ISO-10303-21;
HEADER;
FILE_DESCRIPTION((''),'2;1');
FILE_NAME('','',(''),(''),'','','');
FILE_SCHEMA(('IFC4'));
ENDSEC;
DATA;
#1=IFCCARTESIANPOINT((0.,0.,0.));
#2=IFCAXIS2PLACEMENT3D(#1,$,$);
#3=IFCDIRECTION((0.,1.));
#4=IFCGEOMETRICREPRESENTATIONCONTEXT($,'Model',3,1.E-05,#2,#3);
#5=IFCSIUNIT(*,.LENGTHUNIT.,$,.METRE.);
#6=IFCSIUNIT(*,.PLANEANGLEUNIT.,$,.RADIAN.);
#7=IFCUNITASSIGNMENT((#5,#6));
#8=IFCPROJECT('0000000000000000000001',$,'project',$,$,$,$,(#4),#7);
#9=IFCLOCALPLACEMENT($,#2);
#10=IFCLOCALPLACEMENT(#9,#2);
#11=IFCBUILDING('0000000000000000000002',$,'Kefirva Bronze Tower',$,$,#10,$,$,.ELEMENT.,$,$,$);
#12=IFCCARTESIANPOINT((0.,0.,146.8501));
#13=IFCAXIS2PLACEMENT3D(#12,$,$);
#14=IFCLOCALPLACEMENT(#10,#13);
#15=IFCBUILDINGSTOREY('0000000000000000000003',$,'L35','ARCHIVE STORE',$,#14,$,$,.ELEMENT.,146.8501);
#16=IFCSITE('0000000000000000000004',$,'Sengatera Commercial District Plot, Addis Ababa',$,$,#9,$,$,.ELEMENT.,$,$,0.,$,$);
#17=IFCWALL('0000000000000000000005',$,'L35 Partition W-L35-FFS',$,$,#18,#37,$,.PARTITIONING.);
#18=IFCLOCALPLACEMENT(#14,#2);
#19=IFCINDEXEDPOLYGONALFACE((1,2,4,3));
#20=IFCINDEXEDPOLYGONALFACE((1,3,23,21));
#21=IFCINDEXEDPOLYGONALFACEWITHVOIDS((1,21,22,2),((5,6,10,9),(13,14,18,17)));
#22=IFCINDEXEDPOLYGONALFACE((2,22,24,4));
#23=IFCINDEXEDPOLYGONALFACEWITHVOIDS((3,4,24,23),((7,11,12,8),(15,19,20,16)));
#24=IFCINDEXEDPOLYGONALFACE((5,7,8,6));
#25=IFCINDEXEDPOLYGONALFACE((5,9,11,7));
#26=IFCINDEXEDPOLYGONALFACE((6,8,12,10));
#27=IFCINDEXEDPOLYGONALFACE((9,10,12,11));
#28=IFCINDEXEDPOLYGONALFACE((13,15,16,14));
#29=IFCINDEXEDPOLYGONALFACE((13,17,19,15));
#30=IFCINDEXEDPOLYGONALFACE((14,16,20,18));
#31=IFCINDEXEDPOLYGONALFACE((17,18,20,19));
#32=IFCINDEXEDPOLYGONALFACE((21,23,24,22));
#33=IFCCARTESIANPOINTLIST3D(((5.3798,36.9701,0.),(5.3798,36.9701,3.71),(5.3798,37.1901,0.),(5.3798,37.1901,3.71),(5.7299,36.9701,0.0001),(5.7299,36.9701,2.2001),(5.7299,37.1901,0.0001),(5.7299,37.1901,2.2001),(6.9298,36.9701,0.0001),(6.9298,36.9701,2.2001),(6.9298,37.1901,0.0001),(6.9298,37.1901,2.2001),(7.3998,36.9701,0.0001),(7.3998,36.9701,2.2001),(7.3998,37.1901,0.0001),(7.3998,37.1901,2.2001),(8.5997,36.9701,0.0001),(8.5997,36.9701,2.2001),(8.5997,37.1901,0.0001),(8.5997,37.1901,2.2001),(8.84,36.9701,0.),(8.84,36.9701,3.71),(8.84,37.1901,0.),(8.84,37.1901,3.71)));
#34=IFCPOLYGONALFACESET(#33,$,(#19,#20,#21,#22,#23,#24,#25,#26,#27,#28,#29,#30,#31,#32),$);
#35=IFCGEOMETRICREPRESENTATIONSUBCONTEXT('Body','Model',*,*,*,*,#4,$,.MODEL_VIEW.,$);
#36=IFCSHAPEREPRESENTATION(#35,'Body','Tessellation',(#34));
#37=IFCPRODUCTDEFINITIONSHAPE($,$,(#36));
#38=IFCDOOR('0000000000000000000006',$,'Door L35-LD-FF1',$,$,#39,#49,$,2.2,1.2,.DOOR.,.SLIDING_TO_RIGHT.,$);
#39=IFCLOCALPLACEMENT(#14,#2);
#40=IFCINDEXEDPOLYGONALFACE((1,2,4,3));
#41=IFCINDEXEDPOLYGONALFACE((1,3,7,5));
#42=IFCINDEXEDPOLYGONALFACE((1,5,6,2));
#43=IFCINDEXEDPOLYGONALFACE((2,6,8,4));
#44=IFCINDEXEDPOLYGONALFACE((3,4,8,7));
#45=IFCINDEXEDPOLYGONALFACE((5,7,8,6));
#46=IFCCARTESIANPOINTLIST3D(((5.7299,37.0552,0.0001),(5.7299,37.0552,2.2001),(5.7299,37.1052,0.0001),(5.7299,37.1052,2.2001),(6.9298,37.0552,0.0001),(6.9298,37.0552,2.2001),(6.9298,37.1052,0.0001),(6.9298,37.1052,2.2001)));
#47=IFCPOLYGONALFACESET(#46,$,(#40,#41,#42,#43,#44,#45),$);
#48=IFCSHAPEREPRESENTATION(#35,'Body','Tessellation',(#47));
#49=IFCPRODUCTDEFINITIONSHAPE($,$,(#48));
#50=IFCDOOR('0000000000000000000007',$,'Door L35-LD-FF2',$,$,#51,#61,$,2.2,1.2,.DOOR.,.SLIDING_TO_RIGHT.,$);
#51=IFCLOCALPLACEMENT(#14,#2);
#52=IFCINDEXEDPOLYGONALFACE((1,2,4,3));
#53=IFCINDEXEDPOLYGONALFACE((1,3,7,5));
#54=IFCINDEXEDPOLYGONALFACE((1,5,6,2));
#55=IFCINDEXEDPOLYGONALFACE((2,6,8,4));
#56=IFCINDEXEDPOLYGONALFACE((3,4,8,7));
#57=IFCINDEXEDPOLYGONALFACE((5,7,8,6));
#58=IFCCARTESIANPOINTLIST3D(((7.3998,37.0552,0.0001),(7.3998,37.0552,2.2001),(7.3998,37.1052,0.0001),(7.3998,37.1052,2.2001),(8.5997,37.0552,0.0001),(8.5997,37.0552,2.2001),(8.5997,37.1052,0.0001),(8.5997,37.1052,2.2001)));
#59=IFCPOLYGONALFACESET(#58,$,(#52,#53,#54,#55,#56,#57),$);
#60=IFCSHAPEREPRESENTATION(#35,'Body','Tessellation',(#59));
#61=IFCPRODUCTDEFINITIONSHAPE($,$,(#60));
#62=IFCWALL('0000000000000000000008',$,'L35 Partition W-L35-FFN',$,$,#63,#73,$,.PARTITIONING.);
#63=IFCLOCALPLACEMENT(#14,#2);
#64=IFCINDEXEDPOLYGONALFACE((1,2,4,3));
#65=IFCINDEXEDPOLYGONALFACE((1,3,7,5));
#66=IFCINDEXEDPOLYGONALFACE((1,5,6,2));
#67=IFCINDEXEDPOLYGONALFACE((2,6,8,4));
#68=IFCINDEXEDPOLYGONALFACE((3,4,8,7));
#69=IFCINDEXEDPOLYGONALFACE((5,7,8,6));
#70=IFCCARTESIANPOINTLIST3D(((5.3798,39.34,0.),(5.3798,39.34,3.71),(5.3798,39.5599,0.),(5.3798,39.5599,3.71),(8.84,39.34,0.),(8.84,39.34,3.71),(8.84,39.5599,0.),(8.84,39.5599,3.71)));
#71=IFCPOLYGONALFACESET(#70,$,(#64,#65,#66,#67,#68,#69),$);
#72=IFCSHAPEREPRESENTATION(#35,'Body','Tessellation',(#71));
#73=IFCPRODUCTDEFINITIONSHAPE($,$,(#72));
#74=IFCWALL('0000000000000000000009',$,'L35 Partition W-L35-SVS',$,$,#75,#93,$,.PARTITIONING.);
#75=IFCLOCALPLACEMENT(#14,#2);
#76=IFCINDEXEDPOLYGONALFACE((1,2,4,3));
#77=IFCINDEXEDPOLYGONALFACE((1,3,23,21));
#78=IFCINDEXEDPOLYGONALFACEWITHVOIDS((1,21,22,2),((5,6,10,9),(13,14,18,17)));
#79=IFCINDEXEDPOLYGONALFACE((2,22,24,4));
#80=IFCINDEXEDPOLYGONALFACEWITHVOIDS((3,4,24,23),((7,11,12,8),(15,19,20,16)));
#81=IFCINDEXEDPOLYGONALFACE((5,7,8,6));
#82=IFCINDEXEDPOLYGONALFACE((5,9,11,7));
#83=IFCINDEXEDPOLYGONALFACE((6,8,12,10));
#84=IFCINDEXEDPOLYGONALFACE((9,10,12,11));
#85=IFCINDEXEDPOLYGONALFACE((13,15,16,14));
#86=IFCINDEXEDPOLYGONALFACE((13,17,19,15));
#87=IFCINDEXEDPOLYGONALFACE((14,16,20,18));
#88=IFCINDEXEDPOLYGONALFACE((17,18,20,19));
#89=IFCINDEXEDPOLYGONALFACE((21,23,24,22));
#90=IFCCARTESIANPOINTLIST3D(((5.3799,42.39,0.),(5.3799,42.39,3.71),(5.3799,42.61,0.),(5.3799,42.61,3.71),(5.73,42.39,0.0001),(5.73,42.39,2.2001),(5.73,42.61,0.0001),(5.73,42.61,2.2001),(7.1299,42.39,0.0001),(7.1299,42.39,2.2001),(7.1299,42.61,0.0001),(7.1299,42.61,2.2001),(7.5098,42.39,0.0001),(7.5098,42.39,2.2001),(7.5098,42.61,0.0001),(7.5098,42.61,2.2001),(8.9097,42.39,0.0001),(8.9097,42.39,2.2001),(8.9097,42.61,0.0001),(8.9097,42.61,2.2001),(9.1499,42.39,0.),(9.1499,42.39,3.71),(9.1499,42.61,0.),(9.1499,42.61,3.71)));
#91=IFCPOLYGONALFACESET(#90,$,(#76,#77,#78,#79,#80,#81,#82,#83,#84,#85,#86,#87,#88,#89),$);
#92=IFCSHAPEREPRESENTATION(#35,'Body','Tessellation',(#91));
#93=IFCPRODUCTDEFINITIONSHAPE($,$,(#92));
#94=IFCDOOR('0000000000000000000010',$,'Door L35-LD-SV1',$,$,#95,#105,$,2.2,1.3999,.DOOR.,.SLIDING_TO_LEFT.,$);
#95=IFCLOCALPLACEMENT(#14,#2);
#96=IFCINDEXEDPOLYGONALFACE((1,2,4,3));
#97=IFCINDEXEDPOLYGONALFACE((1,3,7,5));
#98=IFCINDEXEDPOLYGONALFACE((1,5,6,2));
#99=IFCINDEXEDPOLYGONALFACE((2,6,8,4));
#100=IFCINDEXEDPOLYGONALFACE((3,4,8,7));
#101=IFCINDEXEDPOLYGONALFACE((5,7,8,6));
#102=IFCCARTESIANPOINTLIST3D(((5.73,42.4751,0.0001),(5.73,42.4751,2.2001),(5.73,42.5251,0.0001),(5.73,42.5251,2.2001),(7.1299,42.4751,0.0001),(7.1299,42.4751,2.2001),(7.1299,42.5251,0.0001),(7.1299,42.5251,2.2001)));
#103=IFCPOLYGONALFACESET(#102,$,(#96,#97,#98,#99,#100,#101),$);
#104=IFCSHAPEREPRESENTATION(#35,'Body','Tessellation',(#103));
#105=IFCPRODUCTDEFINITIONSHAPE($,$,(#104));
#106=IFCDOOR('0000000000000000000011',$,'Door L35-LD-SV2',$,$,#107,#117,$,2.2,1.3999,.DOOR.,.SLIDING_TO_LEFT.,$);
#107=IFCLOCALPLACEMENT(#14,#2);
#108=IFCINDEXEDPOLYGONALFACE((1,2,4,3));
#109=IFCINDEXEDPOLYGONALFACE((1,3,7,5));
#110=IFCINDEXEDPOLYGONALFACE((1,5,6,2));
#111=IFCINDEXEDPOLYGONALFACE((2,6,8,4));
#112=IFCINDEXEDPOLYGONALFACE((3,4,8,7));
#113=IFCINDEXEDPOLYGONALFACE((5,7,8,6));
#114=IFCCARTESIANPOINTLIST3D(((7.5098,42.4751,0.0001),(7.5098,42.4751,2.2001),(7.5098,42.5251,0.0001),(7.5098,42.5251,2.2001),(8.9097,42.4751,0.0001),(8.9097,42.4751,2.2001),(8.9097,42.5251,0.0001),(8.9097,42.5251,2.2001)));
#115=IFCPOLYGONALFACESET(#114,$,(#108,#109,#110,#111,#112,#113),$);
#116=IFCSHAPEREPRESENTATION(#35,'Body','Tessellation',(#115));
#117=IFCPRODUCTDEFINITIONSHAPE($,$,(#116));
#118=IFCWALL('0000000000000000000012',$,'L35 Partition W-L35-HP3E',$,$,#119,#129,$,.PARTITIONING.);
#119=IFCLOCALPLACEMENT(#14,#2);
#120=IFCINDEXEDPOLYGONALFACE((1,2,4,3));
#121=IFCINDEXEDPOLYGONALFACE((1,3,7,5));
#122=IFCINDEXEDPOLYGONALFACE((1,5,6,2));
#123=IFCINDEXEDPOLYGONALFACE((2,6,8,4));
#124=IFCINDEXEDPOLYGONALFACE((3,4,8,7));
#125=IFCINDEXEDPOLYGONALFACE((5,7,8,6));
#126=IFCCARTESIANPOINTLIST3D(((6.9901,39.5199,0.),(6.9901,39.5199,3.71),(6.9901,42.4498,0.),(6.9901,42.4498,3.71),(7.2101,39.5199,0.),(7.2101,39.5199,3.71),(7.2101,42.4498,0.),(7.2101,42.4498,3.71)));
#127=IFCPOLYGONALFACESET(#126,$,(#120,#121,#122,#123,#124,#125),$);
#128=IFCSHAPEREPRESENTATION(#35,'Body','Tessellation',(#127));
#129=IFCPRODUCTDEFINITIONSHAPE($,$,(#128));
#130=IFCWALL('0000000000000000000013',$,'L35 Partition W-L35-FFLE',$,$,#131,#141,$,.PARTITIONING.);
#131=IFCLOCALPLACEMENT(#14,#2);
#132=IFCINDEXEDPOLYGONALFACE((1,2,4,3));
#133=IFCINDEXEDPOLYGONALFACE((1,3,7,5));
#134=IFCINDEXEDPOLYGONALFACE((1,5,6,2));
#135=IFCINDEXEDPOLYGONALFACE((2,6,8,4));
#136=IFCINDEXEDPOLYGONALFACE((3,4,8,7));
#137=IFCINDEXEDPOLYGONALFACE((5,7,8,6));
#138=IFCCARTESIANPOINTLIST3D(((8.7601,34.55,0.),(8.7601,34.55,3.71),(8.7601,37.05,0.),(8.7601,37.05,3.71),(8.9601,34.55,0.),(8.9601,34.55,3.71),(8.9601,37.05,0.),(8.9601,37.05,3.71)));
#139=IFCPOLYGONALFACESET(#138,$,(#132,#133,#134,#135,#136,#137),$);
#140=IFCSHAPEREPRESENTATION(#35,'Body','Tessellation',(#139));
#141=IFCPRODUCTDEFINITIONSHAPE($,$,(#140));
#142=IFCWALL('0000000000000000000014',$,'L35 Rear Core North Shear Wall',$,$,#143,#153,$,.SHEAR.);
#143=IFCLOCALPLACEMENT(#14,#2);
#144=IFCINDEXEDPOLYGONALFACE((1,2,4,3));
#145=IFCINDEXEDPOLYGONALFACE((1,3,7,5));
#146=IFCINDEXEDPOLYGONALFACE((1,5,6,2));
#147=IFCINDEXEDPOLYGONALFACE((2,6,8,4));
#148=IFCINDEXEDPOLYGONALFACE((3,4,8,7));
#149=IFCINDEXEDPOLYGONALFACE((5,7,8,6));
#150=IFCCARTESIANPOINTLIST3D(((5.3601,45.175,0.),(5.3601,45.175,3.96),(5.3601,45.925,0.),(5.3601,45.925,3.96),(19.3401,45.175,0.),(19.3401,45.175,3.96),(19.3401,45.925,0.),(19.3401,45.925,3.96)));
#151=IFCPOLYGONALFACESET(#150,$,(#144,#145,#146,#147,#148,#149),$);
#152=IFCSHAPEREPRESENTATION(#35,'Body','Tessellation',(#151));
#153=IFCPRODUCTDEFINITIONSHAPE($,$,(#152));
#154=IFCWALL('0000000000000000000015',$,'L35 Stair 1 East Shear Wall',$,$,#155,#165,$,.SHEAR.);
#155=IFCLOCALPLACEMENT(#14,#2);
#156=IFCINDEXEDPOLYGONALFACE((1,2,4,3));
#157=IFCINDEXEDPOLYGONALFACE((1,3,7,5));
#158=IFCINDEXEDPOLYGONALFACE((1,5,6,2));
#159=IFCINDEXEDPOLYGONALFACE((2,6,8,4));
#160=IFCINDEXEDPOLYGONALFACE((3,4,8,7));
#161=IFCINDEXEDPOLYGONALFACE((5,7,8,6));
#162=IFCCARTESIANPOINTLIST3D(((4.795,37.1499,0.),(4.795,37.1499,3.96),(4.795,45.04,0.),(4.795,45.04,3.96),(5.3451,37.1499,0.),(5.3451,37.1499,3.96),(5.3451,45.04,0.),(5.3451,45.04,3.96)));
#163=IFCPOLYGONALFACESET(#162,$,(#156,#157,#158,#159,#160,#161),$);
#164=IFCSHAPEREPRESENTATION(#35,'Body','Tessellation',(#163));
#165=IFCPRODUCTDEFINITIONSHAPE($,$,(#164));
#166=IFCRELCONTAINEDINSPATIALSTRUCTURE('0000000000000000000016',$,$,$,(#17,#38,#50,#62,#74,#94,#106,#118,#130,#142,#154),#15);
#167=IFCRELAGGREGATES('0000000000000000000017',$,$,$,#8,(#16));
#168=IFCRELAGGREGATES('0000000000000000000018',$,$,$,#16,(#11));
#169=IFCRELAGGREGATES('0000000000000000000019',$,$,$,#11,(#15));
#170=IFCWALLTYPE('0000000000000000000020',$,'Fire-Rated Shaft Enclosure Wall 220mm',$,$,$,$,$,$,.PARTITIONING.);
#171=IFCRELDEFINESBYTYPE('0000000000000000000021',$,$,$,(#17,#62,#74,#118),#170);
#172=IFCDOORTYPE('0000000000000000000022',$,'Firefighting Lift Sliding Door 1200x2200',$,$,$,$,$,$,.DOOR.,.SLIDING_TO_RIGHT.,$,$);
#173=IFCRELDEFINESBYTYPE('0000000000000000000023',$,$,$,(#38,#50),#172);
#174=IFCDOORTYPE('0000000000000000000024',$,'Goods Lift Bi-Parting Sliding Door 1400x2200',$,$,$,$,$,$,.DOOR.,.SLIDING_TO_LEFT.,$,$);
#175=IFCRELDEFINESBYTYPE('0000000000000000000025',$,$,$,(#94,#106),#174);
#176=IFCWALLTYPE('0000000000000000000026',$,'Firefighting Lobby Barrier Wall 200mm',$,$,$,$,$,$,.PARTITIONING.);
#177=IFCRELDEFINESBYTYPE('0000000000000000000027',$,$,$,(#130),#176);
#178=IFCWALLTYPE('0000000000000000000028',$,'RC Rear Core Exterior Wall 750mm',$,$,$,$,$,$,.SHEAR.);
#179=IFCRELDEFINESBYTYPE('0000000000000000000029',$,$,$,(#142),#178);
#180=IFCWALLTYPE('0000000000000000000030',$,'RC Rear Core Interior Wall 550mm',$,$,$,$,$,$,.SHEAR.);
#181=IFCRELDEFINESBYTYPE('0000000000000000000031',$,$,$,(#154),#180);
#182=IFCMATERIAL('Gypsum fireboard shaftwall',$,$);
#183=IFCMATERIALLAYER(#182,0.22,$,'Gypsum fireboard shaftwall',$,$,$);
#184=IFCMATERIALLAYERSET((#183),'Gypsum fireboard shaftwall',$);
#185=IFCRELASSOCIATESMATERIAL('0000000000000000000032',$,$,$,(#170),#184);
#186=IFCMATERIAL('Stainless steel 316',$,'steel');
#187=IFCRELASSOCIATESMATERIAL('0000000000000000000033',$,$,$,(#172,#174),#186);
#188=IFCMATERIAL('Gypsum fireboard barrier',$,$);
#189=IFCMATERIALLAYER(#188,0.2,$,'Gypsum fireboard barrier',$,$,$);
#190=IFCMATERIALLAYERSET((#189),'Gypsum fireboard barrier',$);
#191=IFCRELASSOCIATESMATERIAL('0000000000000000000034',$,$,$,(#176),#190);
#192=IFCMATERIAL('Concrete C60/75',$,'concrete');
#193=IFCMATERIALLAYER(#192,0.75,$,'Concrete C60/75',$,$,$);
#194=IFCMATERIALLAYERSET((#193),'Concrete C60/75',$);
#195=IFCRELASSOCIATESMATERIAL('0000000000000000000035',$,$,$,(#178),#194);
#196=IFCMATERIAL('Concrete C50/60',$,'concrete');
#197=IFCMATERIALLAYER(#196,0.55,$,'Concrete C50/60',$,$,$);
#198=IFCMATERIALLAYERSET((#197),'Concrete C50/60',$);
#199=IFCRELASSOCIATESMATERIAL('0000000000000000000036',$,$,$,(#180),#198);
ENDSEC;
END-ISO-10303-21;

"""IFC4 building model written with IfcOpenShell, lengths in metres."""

from ifc_helpers import new_model, si_unit, direction, frame, frame_2d, origin, place, context, subcontext, project, spatial, rectangle, extrude, material, layer, layer_set, type_object, element, fill, save


model = new_model("IFC4")

# Units and contexts
model_context = context("Model", 3, precision=1e-05, world=origin(), true_north=direction((0.0, 1.0)))
body_context = subcontext(model_context, "Body", "Model", "MODEL_VIEW")
ifc_project = project(units=[si_unit("LENGTHUNIT", "METRE"), si_unit("PLANEANGLEUNIT", "RADIAN")], contexts=[model_context])

# Site, building, storey
site_placement = place(None, origin())
site = spatial("IfcSite", under=ifc_project, at=site_placement, Name="Sengatera Commercial District Plot, Addis Ababa", CompositionType="ELEMENT", RefElevation=0.0)
building_placement = place(site_placement, origin())
building = spatial("IfcBuilding", under=site, at=building_placement, Name="Kefirva Bronze Tower", CompositionType="ELEMENT")
storey_placement = place(building_placement, frame((0.0, 0.0, 146.8501)))
storey = spatial("IfcBuildingStorey", under=building, at=storey_placement, Name="L35", Description="ARCHIVE STORE", CompositionType="ELEMENT", Elevation=146.8501)

# Wall, openings, doors
ifc_material_1 = material(Name="Gypsum fireboard shaftwall")
ifc_layer_1 = layer(ifc_material_1, 0.22, Name="Gypsum fireboard shaftwall")
ifc_layer_set_1 = layer_set([ifc_layer_1], Name="Gypsum fireboard shaftwall")
wall_type_1 = type_object("IfcWallType", Name="Fire-Rated Shaft Enclosure Wall 220mm", PredefinedType="PARTITIONING", material=ifc_layer_set_1)
wall_1_placement = place(storey_placement, frame((5.3799, 37.0801, 0.0), z_axis=(0.0, 0.0, 1.0), x_axis=(1.0, 0.0, 0.0)))
wall_1 = element("IfcWall", 1, at=wall_1_placement, inside=storey, type_object=wall_type_1, Name="L35 Partition W-L35-FFS", PredefinedType="PARTITIONING", context=body_context, shape_type="SweptSolid", body=[
    extrude(rectangle(XDim=3.4602, YDim=0.22, at=frame_2d((1.73, 0.0))), origin(), (0.0, 0.0, 1.0), 3.71),
])
opening_1_placement = place(wall_1_placement, frame((1.55, 0.0, 0.0), z_axis=(0.0, 0.0, 1.0), x_axis=(-1.0, 0.0, 0.0)))
opening_1 = element("IfcOpeningElement", 2, at=opening_1_placement, cuts=wall_1, PredefinedType="OPENING", context=body_context, shape_type="SweptSolid", body=[
    extrude(rectangle(XDim=1.2, YDim=2.2, at=frame_2d((0.6001, 1.1001))), frame((0.0, 0.1201, 0.0), z_axis=(0.0, -1.0, 0.0), x_axis=(1.0, 0.0, 0.0)), (0.0, 0.0, 1.0), 0.24),
])
opening_2_placement = place(wall_1_placement, frame((3.22, 0.0, 0.0), z_axis=(0.0, 0.0, 1.0), x_axis=(-1.0, 0.0, 0.0)))
opening_2 = element("IfcOpeningElement", 3, at=opening_2_placement, cuts=wall_1, PredefinedType="OPENING", context=body_context, shape_type="SweptSolid", body=[
    extrude(rectangle(XDim=1.2, YDim=2.2, at=frame_2d((0.6001, 1.1001))), frame((0.0, 0.1201, 0.0), z_axis=(0.0, -1.0, 0.0), x_axis=(1.0, 0.0, 0.0)), (0.0, 0.0, 1.0), 0.24),
])
ifc_material_2 = material(Name="Stainless steel 316", Category="steel")
door_type_1 = type_object("IfcDoorType", Name="Firefighting Lift Sliding Door 1200x2200", OperationType="SLIDING_TO_RIGHT", PredefinedType="DOOR", material=ifc_material_2)
door_1_placement = place(opening_1_placement, origin())
door_1 = element("IfcDoor", 4, at=door_1_placement, inside=storey, type_object=door_type_1, Name="Door L35-LD-FF1", OperationType="SLIDING_TO_RIGHT", OverallHeight=2.2, OverallWidth=1.2, PredefinedType="DOOR", context=body_context, shape_type="SweptSolid", body=[
    extrude(rectangle(XDim=1.2, YDim=2.2, at=frame_2d((0.6001, 1.1001))), frame((0.0, 0.0249, 0.0), z_axis=(0.0, -1.0, 0.0), x_axis=(1.0, 0.0, 0.0)), (0.0, 0.0, 1.0), 0.05),
])
fill(opening_1, door_1)
door_2_placement = place(opening_2_placement, origin())
door_2 = element("IfcDoor", 5, at=door_2_placement, inside=storey, type_object=door_type_1, Name="Door L35-LD-FF2", OperationType="SLIDING_TO_RIGHT", OverallHeight=2.2, OverallWidth=1.2, PredefinedType="DOOR", context=body_context, shape_type="SweptSolid", body=[
    extrude(rectangle(XDim=1.2, YDim=2.2, at=frame_2d((0.6001, 1.1001))), frame((0.0, 0.0249, 0.0), z_axis=(0.0, -1.0, 0.0), x_axis=(1.0, 0.0, 0.0)), (0.0, 0.0, 1.0), 0.05),
])
fill(opening_2, door_2)

# Wall
wall_2_placement = place(storey_placement, frame((5.3799, 39.45, 0.0), z_axis=(0.0, 0.0, 1.0), x_axis=(1.0, 0.0, 0.0)))
element("IfcWall", 6, at=wall_2_placement, inside=storey, type_object=wall_type_1, Name="L35 Partition W-L35-FFN", PredefinedType="PARTITIONING", context=body_context, shape_type="SweptSolid", body=[
    extrude(rectangle(XDim=3.4602, YDim=0.22, at=frame_2d((1.73, 0.0))), origin(), (0.0, 0.0, 1.0), 3.71),
])

# Wall, openings, doors
wall_3_placement = place(storey_placement, frame((5.3799, 42.5, 0.0), z_axis=(0.0, 0.0, 1.0), x_axis=(1.0, 0.0, 0.0)))
wall_3 = element("IfcWall", 7, at=wall_3_placement, inside=storey, type_object=wall_type_1, Name="L35 Partition W-L35-SVS", PredefinedType="PARTITIONING", context=body_context, shape_type="SweptSolid", body=[
    extrude(rectangle(XDim=3.77, YDim=0.22, at=frame_2d((1.885, 0.0))), origin(), (0.0, 0.0, 1.0), 3.71),
])
opening_3_placement = place(wall_3_placement, frame((1.75, 0.0, 0.0), z_axis=(0.0, 0.0, 1.0), x_axis=(-1.0, 0.0, 0.0)))
opening_3 = element("IfcOpeningElement", 8, at=opening_3_placement, cuts=wall_3, PredefinedType="OPENING", context=body_context, shape_type="SweptSolid", body=[
    extrude(rectangle(XDim=1.3999, YDim=2.2, at=frame_2d((0.7, 1.1001))), frame((0.0, 0.1201, 0.0), z_axis=(0.0, -1.0, 0.0), x_axis=(1.0, 0.0, 0.0)), (0.0, 0.0, 1.0), 0.24),
])
opening_4_placement = place(wall_3_placement, frame((3.5298, 0.0, 0.0), z_axis=(0.0, 0.0, 1.0), x_axis=(-1.0, 0.0, 0.0)))
opening_4 = element("IfcOpeningElement", 9, at=opening_4_placement, cuts=wall_3, PredefinedType="OPENING", context=body_context, shape_type="SweptSolid", body=[
    extrude(rectangle(XDim=1.3999, YDim=2.2, at=frame_2d((0.7, 1.1001))), frame((0.0, 0.1201, 0.0), z_axis=(0.0, -1.0, 0.0), x_axis=(1.0, 0.0, 0.0)), (0.0, 0.0, 1.0), 0.24),
])
door_type_2 = type_object("IfcDoorType", Name="Goods Lift Bi-Parting Sliding Door 1400x2200", OperationType="SLIDING_TO_LEFT", PredefinedType="DOOR", material=ifc_material_2)
door_3_placement = place(opening_3_placement, origin())
door_3 = element("IfcDoor", 10, at=door_3_placement, inside=storey, type_object=door_type_2, Name="Door L35-LD-SV1", OperationType="SLIDING_TO_LEFT", OverallHeight=2.2, OverallWidth=1.3999, PredefinedType="DOOR", context=body_context, shape_type="SweptSolid", body=[
    extrude(rectangle(XDim=1.3999, YDim=2.2, at=frame_2d((0.7, 1.1001))), frame((0.0, 0.0249, 0.0), z_axis=(0.0, -1.0, 0.0), x_axis=(1.0, 0.0, 0.0)), (0.0, 0.0, 1.0), 0.05),
])
fill(opening_3, door_3)
door_4_placement = place(opening_4_placement, origin())
door_4 = element("IfcDoor", 11, at=door_4_placement, inside=storey, type_object=door_type_2, Name="Door L35-LD-SV2", OperationType="SLIDING_TO_LEFT", OverallHeight=2.2, OverallWidth=1.3999, PredefinedType="DOOR", context=body_context, shape_type="SweptSolid", body=[
    extrude(rectangle(XDim=1.3999, YDim=2.2, at=frame_2d((0.7, 1.1001))), frame((0.0, 0.0249, 0.0), z_axis=(0.0, -1.0, 0.0), x_axis=(1.0, 0.0, 0.0)), (0.0, 0.0, 1.0), 0.05),
])
fill(opening_4, door_4)

# Walls
wall_4_placement = place(storey_placement, frame((7.1001, 39.52, 0.0), z_axis=(0.0, 0.0, 1.0), x_axis=(0.0, 1.0, 0.0)))
element("IfcWall", 12, at=wall_4_placement, inside=storey, type_object=wall_type_1, Name="L35 Partition W-L35-HP3E", PredefinedType="PARTITIONING", context=body_context, shape_type="SweptSolid", body=[
    extrude(rectangle(XDim=2.9299, YDim=0.22, at=frame_2d((1.4648, 0.0))), origin(), (0.0, 0.0, 1.0), 3.71),
])
ifc_material_3 = material(Name="Gypsum fireboard barrier")
ifc_layer_2 = layer(ifc_material_3, 0.2, Name="Gypsum fireboard barrier")
ifc_layer_set_2 = layer_set([ifc_layer_2], Name="Gypsum fireboard barrier")
wall_type_2 = type_object("IfcWallType", Name="Firefighting Lobby Barrier Wall 200mm", PredefinedType="PARTITIONING", material=ifc_layer_set_2)
wall_5_placement = place(storey_placement, frame((8.8601, 34.55, 0.0), z_axis=(0.0, 0.0, 1.0), x_axis=(0.0, 1.0, 0.0)))
element("IfcWall", 13, at=wall_5_placement, inside=storey, type_object=wall_type_2, Name="L35 Partition W-L35-FFLE", PredefinedType="PARTITIONING", context=body_context, shape_type="SweptSolid", body=[
    extrude(rectangle(XDim=2.5, YDim=0.2, at=frame_2d((1.25, 0.0))), origin(), (0.0, 0.0, 1.0), 3.71),
])

# Walls
ifc_material_4 = material(Name="Concrete C60/75", Category="concrete")
ifc_layer_3 = layer(ifc_material_4, 0.75, Name="Concrete C60/75")
ifc_layer_set_3 = layer_set([ifc_layer_3], Name="Concrete C60/75")
wall_type_3 = type_object("IfcWallType", Name="RC Rear Core Exterior Wall 750mm", PredefinedType="SHEAR", material=ifc_layer_set_3)
wall_6_placement = place(storey_placement, frame((5.3601, 45.55, 0.0), z_axis=(0.0, 0.0, 1.0), x_axis=(1.0, 0.0, 0.0)))
element("IfcWall", 14, at=wall_6_placement, inside=storey, type_object=wall_type_3, Name="L35 Rear Core North Shear Wall", PredefinedType="SHEAR", context=body_context, shape_type="SweptSolid", body=[
    extrude(rectangle(XDim=13.98, YDim=0.75, at=frame_2d((6.99, 0.0))), origin(), (0.0, 0.0, 1.0), 3.96),
])
ifc_material_5 = material(Name="Concrete C50/60", Category="concrete")
ifc_layer_4 = layer(ifc_material_5, 0.55, Name="Concrete C50/60")
ifc_layer_set_4 = layer_set([ifc_layer_4], Name="Concrete C50/60")
wall_type_4 = type_object("IfcWallType", Name="RC Rear Core Interior Wall 550mm", PredefinedType="SHEAR", material=ifc_layer_set_4)
wall_7_placement = place(storey_placement, frame((5.0701, 37.1499, 0.0), z_axis=(0.0, 0.0, 1.0), x_axis=(0.0, 1.0, 0.0)))
element("IfcWall", 15, at=wall_7_placement, inside=storey, type_object=wall_type_4, Name="L35 Stair 1 East Shear Wall", PredefinedType="SHEAR", context=body_context, shape_type="SweptSolid", body=[
    extrude(rectangle(XDim=7.8901, YDim=0.55, at=frame_2d((3.9451, 0.0))), origin(), (0.0, 0.0, 1.0), 3.96),
])

save(model, "model.ifc")
